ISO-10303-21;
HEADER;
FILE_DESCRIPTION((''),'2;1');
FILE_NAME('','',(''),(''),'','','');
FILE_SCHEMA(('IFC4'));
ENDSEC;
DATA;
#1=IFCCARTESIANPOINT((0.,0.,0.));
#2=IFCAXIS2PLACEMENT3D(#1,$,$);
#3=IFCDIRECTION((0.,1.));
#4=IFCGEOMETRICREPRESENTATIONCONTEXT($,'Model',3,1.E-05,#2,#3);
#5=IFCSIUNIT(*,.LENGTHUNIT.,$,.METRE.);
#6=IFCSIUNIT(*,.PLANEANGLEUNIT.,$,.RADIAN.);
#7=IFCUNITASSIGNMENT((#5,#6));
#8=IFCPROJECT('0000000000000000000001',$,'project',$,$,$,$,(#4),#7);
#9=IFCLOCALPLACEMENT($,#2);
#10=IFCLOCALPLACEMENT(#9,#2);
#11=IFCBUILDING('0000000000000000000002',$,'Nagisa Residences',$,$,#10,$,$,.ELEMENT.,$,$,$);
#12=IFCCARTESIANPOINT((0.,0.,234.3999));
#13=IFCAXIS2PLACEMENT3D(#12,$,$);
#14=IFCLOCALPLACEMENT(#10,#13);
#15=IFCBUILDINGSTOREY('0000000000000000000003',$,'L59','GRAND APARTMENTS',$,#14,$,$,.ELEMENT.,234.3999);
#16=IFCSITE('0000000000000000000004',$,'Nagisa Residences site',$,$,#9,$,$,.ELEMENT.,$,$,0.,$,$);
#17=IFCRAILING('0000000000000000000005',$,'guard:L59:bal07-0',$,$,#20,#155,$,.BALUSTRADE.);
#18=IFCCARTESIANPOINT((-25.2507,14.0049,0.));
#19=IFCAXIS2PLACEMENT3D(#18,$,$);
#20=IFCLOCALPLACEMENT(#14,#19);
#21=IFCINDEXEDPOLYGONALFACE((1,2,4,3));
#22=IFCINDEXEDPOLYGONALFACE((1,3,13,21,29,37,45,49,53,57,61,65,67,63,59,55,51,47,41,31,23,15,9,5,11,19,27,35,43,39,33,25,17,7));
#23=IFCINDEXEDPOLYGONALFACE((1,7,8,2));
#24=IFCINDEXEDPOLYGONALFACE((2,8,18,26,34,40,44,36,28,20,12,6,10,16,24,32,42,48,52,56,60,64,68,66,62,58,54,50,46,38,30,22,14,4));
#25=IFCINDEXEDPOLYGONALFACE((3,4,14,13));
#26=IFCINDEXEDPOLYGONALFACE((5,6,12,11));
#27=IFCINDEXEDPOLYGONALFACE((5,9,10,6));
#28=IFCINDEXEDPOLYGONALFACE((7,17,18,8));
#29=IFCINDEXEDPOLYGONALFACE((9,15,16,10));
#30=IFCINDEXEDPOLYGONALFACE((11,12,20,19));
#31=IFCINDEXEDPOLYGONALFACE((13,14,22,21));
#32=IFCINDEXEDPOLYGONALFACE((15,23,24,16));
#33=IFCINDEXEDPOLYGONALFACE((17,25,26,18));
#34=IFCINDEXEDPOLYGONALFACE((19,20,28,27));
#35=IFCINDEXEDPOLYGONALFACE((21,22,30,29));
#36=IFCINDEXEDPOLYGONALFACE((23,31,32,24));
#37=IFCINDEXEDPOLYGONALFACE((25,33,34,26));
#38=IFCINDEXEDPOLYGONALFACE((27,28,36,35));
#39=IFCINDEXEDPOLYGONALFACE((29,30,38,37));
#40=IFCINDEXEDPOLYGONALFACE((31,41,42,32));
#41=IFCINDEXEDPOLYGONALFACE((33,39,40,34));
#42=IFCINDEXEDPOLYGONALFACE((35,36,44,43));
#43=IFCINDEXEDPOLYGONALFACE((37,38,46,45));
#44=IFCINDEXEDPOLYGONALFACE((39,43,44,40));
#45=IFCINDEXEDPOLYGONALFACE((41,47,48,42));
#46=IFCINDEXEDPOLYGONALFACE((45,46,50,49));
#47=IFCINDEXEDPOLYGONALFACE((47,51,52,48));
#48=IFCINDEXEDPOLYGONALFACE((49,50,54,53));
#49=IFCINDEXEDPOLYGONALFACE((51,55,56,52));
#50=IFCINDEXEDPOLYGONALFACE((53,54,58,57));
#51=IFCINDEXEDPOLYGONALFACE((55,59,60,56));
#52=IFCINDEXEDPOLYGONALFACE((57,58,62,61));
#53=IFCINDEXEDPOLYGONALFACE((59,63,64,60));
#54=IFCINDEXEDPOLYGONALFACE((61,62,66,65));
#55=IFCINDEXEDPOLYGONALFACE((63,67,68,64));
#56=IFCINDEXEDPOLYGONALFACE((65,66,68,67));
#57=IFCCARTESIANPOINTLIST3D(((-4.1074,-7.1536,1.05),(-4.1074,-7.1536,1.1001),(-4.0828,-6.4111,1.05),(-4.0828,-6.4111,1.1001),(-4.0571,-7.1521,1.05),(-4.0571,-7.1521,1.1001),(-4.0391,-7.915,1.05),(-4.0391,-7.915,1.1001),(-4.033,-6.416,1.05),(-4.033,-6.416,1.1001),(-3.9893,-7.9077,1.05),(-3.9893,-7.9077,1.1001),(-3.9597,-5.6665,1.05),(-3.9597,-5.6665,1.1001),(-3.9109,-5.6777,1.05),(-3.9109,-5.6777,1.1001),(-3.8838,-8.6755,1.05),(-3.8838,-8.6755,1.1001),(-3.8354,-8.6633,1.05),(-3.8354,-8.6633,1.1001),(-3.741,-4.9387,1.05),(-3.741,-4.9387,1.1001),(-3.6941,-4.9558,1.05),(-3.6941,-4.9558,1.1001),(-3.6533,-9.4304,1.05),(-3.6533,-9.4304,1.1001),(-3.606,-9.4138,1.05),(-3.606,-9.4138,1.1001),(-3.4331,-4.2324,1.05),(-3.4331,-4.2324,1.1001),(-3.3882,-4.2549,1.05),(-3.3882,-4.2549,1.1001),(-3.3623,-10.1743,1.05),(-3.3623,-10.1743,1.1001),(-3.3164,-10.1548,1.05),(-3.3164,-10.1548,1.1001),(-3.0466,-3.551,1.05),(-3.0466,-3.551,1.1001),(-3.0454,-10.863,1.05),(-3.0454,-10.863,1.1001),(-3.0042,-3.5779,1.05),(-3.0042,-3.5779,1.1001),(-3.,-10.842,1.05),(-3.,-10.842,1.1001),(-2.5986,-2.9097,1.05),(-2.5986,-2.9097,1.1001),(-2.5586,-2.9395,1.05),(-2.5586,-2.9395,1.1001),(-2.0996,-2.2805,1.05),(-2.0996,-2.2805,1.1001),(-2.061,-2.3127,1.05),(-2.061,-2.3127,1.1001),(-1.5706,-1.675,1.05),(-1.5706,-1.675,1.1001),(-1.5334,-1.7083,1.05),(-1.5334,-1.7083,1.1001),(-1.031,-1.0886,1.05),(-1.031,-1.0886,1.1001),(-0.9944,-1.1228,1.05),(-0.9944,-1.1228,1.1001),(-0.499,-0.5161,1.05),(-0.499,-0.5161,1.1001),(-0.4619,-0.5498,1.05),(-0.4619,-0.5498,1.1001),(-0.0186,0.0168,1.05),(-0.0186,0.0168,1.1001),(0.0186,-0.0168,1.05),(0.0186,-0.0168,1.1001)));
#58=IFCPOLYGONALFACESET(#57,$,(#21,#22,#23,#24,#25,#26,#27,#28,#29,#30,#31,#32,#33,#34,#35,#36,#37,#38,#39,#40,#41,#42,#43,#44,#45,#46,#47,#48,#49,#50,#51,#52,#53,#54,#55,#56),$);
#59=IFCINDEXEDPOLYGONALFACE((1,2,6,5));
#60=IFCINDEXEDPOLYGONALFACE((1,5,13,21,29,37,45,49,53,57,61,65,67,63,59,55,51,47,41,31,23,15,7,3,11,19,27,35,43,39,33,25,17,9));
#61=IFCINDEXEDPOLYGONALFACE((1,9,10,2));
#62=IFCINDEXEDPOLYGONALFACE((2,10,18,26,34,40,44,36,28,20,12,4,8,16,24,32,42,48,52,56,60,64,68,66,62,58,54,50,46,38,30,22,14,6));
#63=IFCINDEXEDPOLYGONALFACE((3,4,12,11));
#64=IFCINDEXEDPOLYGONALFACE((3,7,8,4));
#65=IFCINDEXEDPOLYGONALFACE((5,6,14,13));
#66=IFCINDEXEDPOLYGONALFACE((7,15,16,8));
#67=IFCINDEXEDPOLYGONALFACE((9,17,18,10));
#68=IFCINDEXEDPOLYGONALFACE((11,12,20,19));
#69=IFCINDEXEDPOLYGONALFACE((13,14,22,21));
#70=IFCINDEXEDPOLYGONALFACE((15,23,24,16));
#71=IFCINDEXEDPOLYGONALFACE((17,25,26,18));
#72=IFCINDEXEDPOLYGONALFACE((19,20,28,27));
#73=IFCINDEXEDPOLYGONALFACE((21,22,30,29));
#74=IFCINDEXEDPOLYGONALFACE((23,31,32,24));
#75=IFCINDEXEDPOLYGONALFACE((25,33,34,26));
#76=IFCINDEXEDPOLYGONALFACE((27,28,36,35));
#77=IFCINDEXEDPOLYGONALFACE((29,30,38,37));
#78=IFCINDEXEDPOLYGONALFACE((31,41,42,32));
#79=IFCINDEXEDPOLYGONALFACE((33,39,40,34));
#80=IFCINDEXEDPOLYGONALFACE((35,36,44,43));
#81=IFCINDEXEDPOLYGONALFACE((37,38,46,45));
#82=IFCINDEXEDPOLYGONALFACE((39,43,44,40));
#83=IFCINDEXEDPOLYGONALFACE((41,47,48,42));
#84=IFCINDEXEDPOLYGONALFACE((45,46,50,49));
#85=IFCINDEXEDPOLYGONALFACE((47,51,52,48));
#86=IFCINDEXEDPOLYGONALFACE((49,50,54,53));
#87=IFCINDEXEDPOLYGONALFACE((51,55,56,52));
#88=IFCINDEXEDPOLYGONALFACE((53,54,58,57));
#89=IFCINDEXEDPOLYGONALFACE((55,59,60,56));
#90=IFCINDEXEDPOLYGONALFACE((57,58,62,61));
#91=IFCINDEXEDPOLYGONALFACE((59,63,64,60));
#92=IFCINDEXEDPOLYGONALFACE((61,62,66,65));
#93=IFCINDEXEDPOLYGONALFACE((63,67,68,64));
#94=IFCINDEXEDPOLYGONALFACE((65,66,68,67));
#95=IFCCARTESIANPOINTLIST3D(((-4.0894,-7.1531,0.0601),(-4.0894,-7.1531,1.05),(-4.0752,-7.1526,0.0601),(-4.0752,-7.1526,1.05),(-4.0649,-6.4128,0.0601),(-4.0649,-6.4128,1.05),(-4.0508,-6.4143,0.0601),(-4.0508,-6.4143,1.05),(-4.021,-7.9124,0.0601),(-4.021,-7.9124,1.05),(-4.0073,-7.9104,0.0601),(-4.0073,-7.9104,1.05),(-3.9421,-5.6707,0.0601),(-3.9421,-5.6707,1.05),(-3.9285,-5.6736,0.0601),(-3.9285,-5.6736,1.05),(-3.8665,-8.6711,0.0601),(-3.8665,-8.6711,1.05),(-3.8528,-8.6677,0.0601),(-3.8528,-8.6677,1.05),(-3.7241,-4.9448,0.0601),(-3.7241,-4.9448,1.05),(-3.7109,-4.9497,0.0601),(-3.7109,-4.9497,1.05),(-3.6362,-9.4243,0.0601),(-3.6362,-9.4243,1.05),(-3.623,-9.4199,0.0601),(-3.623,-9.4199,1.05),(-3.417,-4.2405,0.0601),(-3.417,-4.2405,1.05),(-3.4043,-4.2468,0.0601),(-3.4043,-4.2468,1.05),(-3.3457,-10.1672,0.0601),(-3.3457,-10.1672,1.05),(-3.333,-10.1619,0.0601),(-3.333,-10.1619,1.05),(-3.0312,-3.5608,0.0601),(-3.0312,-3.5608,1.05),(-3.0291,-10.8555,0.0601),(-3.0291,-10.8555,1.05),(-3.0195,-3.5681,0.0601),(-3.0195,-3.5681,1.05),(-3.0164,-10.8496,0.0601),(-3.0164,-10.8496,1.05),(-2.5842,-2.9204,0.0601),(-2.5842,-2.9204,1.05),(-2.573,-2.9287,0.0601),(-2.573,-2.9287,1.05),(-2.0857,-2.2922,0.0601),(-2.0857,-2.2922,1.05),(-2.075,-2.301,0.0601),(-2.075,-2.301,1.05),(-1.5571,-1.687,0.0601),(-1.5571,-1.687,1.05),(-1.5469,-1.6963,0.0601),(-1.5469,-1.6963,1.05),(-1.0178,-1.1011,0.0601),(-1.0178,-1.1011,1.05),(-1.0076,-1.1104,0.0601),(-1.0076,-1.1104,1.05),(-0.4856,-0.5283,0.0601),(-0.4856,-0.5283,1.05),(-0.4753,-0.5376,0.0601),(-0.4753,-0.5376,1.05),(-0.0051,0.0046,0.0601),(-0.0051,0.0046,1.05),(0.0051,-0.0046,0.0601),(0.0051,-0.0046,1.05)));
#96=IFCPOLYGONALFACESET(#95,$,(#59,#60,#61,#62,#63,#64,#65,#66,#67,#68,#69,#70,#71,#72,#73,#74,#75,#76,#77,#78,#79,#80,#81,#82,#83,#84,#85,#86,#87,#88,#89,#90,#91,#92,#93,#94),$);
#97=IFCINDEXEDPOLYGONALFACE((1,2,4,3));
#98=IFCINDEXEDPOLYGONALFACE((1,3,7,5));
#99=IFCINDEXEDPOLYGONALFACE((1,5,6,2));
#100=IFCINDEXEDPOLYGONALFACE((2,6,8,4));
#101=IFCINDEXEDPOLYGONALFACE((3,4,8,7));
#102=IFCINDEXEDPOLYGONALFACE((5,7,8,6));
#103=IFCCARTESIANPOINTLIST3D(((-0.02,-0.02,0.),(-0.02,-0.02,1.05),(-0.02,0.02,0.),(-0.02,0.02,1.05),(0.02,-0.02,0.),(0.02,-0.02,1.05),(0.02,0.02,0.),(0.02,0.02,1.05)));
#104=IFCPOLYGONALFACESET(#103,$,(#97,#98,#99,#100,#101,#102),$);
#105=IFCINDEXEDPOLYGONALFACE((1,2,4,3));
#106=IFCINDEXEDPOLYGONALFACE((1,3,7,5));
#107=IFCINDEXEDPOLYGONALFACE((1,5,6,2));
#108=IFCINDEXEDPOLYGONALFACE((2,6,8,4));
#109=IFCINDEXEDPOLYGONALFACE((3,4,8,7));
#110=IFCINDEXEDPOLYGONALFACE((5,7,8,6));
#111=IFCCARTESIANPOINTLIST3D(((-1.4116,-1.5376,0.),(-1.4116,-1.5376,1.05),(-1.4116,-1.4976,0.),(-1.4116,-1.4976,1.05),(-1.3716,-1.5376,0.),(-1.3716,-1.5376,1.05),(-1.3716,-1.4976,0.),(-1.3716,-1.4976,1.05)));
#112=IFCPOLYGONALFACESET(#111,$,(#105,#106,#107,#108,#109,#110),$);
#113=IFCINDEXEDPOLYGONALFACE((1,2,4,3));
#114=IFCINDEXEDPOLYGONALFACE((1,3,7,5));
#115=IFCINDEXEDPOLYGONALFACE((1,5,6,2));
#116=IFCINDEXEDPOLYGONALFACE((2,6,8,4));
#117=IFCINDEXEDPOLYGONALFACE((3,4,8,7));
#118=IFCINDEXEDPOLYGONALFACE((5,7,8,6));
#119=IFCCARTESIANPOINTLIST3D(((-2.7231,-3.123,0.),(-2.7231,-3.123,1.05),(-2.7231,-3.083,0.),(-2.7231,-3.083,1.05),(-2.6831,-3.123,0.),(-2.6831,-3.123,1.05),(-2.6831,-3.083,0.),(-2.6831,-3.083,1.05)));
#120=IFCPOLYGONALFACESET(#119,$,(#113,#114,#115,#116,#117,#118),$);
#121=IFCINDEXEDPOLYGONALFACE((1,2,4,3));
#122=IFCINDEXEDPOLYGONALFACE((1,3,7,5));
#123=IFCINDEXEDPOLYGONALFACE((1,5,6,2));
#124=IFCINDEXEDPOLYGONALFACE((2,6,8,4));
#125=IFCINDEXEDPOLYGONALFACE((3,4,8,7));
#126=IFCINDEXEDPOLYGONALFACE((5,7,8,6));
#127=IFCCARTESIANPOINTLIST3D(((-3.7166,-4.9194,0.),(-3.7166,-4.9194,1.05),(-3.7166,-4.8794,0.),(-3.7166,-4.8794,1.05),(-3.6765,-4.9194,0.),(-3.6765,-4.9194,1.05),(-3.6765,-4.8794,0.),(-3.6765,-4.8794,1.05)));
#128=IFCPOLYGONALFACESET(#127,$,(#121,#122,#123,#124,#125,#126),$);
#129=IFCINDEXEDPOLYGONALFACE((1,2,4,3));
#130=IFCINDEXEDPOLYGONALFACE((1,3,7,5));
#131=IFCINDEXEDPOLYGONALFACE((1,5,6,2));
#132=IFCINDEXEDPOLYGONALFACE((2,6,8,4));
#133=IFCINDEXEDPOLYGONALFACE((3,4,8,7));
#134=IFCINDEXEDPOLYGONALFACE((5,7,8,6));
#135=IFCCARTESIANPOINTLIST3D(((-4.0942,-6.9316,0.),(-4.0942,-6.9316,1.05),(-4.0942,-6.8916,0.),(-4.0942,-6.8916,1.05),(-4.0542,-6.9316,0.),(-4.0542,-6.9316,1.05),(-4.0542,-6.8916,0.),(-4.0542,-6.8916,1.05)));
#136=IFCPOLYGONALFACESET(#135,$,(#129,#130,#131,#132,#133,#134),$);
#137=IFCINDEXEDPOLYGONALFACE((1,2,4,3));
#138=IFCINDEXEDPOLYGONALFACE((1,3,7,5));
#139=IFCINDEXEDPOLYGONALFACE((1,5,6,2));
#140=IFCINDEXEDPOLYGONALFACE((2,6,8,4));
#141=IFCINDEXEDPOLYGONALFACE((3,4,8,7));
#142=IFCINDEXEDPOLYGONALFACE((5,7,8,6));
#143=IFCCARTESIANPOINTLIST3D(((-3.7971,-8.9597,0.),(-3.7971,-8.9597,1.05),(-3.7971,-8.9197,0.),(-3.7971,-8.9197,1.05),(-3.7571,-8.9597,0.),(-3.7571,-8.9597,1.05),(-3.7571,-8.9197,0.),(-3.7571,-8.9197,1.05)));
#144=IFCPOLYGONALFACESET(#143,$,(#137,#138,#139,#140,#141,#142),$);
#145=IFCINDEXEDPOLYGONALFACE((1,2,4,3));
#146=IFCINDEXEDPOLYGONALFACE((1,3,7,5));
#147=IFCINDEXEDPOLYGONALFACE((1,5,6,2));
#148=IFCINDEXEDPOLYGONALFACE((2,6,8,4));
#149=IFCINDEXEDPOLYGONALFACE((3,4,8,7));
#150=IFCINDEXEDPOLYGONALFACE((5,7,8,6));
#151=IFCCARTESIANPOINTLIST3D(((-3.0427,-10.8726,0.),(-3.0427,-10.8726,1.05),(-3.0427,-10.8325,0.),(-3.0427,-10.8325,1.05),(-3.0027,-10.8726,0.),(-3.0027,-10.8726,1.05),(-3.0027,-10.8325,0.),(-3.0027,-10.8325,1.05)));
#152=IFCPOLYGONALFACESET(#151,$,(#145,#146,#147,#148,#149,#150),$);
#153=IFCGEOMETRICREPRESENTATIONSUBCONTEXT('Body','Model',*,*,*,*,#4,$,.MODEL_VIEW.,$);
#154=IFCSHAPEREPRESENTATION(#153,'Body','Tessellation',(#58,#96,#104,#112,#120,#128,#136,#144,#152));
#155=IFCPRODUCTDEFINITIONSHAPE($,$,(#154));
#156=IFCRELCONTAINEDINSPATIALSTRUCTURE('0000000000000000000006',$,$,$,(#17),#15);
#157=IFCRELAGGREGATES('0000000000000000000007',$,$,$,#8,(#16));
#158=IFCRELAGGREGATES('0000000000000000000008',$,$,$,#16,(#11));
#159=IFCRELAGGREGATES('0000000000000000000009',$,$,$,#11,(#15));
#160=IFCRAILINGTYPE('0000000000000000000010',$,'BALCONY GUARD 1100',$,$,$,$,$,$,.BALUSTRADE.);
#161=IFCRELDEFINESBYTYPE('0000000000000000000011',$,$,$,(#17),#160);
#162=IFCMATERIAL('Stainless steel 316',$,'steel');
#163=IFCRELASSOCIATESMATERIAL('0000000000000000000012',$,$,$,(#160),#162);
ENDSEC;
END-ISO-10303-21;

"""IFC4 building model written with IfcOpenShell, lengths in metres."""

from ifc_helpers import new_model, si_unit, direction, frame, origin, origin_2d, place, context, subcontext, project, spatial, polyline, rectangle, outline, extrude, material, type_object, element, save


model = new_model("IFC4")

# Units and contexts
model_context = context("Model", 3, precision=1e-05, world=origin(), true_north=direction((0.0, 1.0)))
body_context = subcontext(model_context, "Body", "Model", "MODEL_VIEW")
ifc_project = project(units=[si_unit("LENGTHUNIT", "METRE"), si_unit("PLANEANGLEUNIT", "RADIAN")], contexts=[model_context])

# Site, building, storey
site_placement = place(None, origin())
site = spatial("IfcSite", under=ifc_project, at=site_placement, Name="Nagisa Residences site", CompositionType="ELEMENT", RefElevation=0.0)
building_placement = place(site_placement, origin())
building = spatial("IfcBuilding", under=site, at=building_placement, Name="Nagisa Residences", CompositionType="ELEMENT")
storey_placement = place(building_placement, frame((0.0, 0.0, 234.3999)))
storey = spatial("IfcBuildingStorey", under=building, at=storey_placement, Name="L59", Description="GRAND APARTMENTS", CompositionType="ELEMENT", Elevation=234.3999)

# Railing
ifc_material_1 = material(Name="Stainless steel 316", Category="steel")
railing_type = type_object("IfcRailingType", Name="BALCONY GUARD 1100", PredefinedType="BALUSTRADE", material=ifc_material_1)
railing_1_placement = place(storey_placement, frame((-25.2507, 14.0049, 0.0)))
element("IfcRailing", 1, at=railing_1_placement, inside=storey, type_object=railing_type, Name="guard:L59:bal07-0", PredefinedType="BALUSTRADE", context=body_context, shape_type="SweptSolid", body=[
    extrude(outline(polyline([(-0.4619, -0.5498), (0.0186, -0.0168), (-0.0186, 0.0168), (-0.499, -0.5161), (-1.031, -1.0886), (-1.5706, -1.675), (-2.0996, -2.2805), (-2.5986, -2.9097), (-3.0466, -3.551), (-3.4331, -4.2324), (-3.741, -4.9387), (-3.9597, -5.6665), (-4.0828, -6.4111), (-4.1074, -7.1536), (-4.0391, -7.915), (-3.8838, -8.6755), (-3.6533, -9.4304), (-3.3623, -10.1743), (-3.0454, -10.863), (-3.0, -10.842), (-3.3164, -10.1548), (-3.606, -9.4138), (-3.8354, -8.6633), (-3.9893, -7.9077), (-4.0571, -7.1521), (-4.033, -6.416), (-3.9109, -5.6777), (-3.6941, -4.9558), (-3.3882, -4.2549), (-3.0042, -3.5779), (-2.5586, -2.9395), (-2.061, -2.3127), (-1.5334, -1.7083), (-0.9944, -1.1228), (-0.4619, -0.5498)])), frame((0.0, 0.0, 1.05)), (0.0, 0.0, 1.0), 0.05),
    extrude(outline(polyline([(-0.4753, -0.5376), (0.0051, -0.0046), (-0.0051, 0.0046), (-0.4856, -0.5283), (-1.0178, -1.1011), (-1.5571, -1.687), (-2.0857, -2.2922), (-2.5842, -2.9204), (-3.0312, -3.5608), (-3.417, -4.2405), (-3.7241, -4.9448), (-3.9421, -5.6707), (-4.0649, -6.4128), (-4.0894, -7.1531), (-4.021, -7.9124), (-3.8665, -8.6711), (-3.6362, -9.4243), (-3.3457, -10.1672), (-3.0291, -10.8555), (-3.0164, -10.8496), (-3.333, -10.1619), (-3.623, -9.4199), (-3.8528, -8.6677), (-4.0073, -7.9104), (-4.0752, -7.1526), (-4.0508, -6.4143), (-3.9285, -5.6736), (-3.7109, -4.9497), (-3.4043, -4.2468), (-3.0195, -3.5681), (-2.573, -2.9287), (-2.075, -2.301), (-1.5469, -1.6963), (-1.0076, -1.1104), (-0.4753, -0.5376)])), frame((0.0, 0.0, 0.0601)), (0.0, 0.0, 1.0), 0.99),
    extrude(rectangle(XDim=0.04, YDim=0.04, at=origin_2d()), origin(), (0.0, 0.0, 1.0), 1.05),
    extrude(rectangle(XDim=0.04, YDim=0.04, at=origin_2d()), frame((-1.3916, -1.5176, 0.0)), (0.0, 0.0, 1.0), 1.05),
    extrude(rectangle(XDim=0.04, YDim=0.04, at=origin_2d()), frame((-2.7031, -3.103, 0.0)), (0.0, 0.0, 1.0), 1.05),
    extrude(rectangle(XDim=0.04, YDim=0.04, at=origin_2d()), frame((-3.6965, -4.8994, 0.0)), (0.0, 0.0, 1.0), 1.05),
    extrude(rectangle(XDim=0.04, YDim=0.04, at=origin_2d()), frame((-4.0742, -6.9116, 0.0)), (0.0, 0.0, 1.0), 1.05),
    extrude(rectangle(XDim=0.04, YDim=0.04, at=origin_2d()), frame((-3.7771, -8.9397, 0.0)), (0.0, 0.0, 1.0), 1.05),
    extrude(rectangle(XDim=0.04, YDim=0.04, at=origin_2d()), frame((-3.0227, -10.8525, 0.0)), (0.0, 0.0, 1.0), 1.05),
])

save(model, "model.ifc")
